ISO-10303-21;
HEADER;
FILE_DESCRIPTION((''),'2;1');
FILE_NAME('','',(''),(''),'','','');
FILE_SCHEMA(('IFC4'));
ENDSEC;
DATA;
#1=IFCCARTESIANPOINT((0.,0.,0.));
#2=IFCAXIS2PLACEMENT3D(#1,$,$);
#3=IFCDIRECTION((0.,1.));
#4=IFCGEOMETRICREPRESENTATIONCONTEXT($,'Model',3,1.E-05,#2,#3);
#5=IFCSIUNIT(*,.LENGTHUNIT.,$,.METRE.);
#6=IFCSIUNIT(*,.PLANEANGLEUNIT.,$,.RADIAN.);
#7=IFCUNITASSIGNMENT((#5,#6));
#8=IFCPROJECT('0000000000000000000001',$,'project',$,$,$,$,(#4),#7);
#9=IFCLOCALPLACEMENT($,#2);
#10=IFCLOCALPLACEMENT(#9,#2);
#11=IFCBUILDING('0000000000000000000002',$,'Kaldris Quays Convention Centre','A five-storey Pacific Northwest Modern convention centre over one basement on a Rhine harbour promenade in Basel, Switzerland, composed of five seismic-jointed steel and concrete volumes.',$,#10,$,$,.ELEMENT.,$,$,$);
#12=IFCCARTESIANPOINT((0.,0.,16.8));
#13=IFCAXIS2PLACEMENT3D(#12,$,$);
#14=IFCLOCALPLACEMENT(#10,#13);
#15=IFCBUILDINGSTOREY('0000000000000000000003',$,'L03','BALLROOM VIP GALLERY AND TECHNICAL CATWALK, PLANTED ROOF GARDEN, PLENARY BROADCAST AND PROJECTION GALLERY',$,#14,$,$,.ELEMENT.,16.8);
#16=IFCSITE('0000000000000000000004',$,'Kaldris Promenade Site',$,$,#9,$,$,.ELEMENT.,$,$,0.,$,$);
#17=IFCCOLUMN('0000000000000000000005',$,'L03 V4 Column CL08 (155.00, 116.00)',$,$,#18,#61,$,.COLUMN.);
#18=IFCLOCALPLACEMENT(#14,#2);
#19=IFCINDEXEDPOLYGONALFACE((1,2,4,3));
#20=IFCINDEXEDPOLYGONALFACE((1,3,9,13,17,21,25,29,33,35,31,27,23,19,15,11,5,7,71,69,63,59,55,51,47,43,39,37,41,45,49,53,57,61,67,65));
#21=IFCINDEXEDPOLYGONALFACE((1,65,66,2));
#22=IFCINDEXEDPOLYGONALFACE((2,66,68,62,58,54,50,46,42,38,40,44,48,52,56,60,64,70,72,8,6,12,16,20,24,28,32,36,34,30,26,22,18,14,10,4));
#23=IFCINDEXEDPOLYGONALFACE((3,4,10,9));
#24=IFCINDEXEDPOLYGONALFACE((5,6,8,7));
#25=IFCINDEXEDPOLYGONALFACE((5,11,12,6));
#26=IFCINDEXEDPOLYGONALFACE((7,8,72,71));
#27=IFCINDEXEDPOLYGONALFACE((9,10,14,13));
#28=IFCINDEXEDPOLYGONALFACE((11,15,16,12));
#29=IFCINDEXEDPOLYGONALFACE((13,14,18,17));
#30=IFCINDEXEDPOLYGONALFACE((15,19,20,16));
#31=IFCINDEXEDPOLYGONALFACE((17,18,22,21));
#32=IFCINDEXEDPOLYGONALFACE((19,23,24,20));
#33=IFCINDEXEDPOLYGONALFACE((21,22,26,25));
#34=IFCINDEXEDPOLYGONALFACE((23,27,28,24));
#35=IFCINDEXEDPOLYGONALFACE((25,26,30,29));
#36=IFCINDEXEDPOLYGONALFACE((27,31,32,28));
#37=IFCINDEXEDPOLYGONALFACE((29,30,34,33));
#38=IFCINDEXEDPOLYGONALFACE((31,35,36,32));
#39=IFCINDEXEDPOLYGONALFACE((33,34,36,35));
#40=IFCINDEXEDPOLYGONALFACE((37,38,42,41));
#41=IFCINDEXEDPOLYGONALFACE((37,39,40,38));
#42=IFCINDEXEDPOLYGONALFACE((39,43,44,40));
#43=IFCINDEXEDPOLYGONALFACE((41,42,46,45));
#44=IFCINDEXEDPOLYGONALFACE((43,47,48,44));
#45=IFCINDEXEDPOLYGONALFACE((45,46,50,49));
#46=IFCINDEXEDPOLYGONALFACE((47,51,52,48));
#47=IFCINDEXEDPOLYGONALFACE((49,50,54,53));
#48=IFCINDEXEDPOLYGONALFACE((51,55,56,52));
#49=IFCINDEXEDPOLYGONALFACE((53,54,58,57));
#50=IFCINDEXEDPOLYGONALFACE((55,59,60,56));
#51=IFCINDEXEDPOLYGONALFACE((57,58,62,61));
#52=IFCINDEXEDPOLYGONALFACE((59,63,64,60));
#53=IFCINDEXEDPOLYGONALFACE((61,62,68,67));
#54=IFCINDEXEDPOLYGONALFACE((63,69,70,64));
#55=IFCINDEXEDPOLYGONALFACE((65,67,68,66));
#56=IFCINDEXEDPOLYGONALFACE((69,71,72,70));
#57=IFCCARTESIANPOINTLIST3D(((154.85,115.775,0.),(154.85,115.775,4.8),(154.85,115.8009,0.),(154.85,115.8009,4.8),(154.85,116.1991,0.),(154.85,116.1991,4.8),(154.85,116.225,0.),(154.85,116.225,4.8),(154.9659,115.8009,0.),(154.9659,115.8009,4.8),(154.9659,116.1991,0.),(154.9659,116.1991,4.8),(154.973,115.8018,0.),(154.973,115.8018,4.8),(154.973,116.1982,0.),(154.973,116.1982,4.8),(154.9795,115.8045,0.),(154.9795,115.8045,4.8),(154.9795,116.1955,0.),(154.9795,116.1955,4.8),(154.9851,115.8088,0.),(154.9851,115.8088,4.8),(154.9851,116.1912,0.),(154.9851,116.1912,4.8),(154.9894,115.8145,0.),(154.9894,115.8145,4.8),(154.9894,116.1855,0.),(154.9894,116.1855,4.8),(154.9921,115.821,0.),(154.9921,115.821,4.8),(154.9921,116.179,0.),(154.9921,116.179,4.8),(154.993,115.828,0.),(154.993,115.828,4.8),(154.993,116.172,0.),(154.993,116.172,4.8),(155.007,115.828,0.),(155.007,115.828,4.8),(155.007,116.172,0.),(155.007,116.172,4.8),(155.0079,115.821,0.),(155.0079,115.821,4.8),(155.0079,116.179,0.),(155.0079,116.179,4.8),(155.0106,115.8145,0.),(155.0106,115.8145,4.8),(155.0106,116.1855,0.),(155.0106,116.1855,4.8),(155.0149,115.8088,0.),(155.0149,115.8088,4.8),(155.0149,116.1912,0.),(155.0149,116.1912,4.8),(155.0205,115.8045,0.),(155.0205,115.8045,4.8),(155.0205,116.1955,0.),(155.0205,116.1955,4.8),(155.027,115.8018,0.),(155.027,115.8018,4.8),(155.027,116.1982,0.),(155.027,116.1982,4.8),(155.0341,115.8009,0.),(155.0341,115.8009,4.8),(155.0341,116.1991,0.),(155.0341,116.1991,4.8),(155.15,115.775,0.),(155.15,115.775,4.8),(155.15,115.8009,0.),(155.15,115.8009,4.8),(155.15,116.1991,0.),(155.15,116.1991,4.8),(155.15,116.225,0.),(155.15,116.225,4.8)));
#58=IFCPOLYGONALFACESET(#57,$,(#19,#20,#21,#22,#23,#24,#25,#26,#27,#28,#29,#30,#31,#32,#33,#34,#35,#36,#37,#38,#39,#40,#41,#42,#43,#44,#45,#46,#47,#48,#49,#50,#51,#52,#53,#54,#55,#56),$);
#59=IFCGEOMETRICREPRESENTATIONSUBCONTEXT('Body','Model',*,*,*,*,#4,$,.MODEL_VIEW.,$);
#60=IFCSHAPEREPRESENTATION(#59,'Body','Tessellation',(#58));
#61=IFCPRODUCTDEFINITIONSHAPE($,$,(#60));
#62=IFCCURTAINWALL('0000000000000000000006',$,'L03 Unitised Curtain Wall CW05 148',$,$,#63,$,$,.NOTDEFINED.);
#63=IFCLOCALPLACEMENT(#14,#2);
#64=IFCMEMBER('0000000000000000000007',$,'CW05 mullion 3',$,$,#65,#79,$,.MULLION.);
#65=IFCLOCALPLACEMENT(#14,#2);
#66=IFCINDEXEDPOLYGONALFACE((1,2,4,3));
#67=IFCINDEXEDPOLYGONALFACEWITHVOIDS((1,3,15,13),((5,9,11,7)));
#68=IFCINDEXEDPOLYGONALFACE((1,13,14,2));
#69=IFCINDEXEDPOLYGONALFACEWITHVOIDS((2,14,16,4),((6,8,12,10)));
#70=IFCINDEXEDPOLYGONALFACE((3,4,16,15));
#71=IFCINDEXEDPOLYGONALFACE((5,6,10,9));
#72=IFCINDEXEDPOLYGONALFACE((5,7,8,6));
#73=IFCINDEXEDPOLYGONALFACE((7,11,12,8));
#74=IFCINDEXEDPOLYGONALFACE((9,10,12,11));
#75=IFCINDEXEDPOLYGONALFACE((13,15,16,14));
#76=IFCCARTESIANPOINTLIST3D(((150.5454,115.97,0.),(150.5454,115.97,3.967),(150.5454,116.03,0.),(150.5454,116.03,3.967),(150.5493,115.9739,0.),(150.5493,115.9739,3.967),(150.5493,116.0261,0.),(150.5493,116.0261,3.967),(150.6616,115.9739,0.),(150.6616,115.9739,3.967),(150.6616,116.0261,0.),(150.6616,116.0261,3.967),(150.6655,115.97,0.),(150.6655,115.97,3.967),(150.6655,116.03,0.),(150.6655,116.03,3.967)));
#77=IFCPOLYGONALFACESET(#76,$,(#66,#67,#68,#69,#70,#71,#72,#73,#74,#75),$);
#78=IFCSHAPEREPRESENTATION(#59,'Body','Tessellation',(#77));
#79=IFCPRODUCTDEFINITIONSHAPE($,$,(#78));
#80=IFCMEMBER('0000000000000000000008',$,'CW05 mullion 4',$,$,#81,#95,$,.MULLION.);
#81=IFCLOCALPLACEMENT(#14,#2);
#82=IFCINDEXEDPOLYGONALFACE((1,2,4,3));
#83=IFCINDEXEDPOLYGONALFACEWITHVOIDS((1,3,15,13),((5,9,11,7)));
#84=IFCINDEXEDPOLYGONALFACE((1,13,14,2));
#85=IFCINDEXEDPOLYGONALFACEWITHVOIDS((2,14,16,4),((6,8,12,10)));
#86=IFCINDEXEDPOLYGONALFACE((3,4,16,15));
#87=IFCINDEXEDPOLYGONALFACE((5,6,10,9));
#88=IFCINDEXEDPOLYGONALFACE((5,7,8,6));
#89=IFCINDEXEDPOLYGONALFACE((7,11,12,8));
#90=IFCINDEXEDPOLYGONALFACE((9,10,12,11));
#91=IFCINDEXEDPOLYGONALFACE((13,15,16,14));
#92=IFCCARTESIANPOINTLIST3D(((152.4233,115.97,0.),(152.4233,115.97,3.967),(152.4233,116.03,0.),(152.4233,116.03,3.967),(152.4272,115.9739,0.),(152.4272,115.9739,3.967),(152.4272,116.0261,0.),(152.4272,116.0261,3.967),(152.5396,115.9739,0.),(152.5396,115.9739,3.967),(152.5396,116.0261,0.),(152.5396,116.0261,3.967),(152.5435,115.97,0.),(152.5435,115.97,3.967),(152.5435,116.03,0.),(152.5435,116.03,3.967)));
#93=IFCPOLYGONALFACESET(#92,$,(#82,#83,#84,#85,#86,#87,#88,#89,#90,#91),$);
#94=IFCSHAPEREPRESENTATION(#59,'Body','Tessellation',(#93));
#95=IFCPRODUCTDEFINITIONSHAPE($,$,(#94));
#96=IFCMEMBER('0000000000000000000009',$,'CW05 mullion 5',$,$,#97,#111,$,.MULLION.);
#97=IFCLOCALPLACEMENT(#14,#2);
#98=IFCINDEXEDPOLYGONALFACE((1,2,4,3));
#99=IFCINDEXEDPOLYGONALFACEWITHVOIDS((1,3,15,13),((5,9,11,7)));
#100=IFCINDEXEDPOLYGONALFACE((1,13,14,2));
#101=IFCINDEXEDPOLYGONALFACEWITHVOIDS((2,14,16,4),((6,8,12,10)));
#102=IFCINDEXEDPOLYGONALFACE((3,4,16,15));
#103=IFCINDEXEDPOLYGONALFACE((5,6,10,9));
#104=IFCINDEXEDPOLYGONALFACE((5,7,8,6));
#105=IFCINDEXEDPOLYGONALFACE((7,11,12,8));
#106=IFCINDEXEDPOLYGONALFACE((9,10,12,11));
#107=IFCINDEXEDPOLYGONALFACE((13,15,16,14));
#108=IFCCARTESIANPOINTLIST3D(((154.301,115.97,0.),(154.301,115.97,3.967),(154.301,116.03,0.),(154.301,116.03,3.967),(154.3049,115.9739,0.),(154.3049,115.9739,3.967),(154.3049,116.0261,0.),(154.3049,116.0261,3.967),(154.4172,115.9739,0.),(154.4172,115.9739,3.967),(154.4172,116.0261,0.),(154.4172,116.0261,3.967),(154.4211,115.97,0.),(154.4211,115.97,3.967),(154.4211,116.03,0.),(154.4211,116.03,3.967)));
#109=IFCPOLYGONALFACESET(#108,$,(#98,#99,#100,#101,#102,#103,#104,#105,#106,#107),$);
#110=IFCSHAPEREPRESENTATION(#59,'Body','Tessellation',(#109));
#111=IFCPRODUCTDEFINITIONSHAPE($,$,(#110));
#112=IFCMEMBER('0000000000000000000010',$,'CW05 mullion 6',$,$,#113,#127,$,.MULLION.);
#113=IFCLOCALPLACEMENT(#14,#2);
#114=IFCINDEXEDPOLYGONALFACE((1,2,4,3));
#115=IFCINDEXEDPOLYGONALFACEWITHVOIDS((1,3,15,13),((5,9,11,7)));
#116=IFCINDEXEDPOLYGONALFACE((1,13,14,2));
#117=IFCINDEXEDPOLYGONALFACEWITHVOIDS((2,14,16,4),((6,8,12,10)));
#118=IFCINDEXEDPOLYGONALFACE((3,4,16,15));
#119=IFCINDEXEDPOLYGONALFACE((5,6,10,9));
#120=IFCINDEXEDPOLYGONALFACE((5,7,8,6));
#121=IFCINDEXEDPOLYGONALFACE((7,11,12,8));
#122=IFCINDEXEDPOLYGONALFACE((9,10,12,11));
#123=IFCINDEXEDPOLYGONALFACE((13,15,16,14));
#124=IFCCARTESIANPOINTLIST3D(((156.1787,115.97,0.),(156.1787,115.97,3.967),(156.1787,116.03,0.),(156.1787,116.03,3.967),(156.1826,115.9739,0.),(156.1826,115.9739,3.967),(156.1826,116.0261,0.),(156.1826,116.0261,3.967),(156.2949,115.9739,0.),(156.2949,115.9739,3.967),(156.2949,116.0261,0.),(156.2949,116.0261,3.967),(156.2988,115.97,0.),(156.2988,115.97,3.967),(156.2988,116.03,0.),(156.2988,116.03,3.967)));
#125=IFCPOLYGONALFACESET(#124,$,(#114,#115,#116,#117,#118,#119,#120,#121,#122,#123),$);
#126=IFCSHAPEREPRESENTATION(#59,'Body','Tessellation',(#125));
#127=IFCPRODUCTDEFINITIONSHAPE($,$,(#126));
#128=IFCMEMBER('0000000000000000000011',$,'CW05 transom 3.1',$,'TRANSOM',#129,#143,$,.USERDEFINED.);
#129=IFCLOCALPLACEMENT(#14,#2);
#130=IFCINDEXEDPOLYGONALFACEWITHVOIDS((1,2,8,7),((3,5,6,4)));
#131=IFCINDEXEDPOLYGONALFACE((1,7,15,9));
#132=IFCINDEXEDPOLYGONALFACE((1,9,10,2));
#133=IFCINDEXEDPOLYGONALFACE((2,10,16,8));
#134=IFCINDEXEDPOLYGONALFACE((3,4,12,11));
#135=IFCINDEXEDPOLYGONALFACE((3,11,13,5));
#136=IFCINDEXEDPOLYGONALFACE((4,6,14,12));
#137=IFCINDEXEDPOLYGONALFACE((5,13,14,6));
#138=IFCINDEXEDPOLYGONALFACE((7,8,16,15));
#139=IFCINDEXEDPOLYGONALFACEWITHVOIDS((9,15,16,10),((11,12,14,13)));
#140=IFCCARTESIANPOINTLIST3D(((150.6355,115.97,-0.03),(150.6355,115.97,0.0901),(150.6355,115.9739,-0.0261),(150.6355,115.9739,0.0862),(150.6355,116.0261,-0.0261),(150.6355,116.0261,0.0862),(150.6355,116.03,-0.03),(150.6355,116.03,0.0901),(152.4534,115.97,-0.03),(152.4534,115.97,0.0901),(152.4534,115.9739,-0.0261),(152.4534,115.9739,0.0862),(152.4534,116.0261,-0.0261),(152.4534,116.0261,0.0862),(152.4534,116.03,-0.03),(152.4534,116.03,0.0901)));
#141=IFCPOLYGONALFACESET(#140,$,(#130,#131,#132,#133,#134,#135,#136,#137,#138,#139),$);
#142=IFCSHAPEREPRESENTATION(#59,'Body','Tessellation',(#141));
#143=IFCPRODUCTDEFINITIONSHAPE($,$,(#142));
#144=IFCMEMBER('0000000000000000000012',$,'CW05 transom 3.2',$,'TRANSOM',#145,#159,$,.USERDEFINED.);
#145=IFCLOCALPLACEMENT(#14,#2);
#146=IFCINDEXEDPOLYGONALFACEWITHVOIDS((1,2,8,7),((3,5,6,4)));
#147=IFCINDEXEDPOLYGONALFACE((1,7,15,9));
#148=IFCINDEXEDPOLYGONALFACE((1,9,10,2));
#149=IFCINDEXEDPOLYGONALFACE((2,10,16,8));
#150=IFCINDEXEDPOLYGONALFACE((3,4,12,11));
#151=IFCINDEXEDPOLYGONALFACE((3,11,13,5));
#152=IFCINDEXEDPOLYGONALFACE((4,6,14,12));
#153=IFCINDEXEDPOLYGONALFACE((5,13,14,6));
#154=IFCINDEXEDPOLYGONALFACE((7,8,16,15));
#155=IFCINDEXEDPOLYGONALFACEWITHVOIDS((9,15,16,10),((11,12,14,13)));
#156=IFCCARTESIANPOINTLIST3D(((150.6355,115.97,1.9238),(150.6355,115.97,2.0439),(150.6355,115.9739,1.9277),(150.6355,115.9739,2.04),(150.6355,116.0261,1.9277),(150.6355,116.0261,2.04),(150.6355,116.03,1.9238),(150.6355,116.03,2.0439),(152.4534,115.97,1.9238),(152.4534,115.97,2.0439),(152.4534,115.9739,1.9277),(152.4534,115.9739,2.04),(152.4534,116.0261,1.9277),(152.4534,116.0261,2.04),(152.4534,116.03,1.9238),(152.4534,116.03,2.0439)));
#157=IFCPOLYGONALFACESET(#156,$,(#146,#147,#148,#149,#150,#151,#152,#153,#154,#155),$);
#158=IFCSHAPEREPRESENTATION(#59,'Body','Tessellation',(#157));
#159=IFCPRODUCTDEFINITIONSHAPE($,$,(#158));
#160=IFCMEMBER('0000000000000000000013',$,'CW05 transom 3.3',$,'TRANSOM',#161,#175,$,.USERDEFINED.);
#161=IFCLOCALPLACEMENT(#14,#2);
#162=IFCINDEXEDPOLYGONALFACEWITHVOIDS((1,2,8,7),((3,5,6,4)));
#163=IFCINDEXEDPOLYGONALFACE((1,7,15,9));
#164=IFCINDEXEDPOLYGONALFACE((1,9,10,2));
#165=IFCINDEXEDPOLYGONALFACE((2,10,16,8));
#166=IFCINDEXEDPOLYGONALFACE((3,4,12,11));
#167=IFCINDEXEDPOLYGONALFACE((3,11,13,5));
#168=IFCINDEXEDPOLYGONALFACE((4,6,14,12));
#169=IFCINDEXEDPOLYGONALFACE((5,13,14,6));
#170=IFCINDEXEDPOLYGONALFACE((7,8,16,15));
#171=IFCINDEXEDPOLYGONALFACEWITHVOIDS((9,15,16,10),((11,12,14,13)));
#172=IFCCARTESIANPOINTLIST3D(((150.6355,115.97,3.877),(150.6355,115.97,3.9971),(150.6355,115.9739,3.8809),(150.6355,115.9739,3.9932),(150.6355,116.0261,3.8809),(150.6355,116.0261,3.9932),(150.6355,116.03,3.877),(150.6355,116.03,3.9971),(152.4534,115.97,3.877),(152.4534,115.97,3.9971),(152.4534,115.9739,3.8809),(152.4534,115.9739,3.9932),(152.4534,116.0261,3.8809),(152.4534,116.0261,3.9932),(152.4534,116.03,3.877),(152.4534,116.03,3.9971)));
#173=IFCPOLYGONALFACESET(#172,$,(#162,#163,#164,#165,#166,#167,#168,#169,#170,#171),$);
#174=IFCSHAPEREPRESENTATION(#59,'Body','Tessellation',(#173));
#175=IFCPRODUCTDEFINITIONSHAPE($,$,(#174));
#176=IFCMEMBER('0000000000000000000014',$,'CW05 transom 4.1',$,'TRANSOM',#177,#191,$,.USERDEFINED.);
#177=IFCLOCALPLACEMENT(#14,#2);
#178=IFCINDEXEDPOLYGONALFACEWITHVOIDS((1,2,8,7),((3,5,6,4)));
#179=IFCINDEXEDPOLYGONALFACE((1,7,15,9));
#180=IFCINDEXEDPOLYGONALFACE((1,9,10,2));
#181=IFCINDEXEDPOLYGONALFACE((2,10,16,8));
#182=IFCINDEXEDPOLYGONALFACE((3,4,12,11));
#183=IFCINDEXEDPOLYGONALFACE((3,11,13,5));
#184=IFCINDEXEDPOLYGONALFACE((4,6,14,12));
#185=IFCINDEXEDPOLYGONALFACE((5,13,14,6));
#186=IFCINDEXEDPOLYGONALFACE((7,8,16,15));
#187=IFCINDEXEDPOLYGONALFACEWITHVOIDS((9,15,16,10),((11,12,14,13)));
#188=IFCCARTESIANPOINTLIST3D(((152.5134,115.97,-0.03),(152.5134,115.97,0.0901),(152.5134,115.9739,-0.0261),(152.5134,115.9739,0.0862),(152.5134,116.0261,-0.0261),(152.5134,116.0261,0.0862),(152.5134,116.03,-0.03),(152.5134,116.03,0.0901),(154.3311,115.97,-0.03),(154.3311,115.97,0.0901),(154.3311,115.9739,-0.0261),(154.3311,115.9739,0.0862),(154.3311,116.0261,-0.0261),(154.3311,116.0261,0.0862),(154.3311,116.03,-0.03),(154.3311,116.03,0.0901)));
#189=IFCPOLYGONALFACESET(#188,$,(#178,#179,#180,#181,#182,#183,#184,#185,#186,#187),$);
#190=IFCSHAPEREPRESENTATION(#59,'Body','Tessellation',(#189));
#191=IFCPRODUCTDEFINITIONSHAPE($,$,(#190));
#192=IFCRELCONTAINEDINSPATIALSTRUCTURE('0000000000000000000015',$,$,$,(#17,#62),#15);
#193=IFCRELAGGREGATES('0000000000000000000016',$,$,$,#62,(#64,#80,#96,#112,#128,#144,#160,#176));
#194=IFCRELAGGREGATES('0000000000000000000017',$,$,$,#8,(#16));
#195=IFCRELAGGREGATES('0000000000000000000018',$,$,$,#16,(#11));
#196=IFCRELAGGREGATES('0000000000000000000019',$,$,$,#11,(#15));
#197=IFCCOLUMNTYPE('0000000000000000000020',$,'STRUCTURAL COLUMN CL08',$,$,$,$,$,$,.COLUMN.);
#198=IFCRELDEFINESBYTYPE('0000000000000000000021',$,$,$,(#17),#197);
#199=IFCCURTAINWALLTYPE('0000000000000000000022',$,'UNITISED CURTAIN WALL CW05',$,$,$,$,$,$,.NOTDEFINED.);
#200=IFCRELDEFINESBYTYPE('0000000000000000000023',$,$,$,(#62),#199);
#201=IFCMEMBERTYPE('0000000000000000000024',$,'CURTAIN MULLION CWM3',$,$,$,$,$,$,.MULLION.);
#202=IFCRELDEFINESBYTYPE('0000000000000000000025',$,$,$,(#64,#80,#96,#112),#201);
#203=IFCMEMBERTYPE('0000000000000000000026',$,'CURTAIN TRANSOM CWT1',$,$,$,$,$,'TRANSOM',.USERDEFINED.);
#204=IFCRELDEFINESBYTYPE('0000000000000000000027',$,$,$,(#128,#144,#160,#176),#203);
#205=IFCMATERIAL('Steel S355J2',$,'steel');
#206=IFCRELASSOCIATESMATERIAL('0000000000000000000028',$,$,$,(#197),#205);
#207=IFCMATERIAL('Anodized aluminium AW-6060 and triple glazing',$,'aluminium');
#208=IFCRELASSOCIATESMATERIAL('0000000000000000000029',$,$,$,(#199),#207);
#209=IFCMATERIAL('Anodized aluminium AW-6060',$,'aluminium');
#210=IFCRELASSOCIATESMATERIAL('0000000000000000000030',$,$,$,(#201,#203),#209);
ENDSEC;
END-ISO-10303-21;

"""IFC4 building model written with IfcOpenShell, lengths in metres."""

from ifc_helpers import new_model, si_unit, direction, frame, origin, origin_2d, place, context, subcontext, project, spatial, hollow_rectangle, i_section, extrude, material, material_profile, profile_set, type_object, element, aggregate, save


model = new_model("IFC4")

# Units and contexts
model_context = context("Model", 3, precision=1e-05, world=origin(), true_north=direction((0.0, 1.0)))
body_context = subcontext(model_context, "Body", "Model", "MODEL_VIEW")
ifc_project = project(units=[si_unit("LENGTHUNIT", "METRE"), si_unit("PLANEANGLEUNIT", "RADIAN")], contexts=[model_context])

# Site, building, storey
site_placement = place(None, origin())
site = spatial("IfcSite", under=ifc_project, at=site_placement, Name="Kaldris Promenade Site", CompositionType="ELEMENT", RefElevation=0.0)
building_placement = place(site_placement, origin())
building = spatial("IfcBuilding", under=site, at=building_placement, Name="Kaldris Quays Convention Centre", Description="A five-storey Pacific Northwest Modern convention centre over one basement on a Rhine harbour promenade in Basel, Switzerland, composed of five seismic-jointed steel and concrete volumes.", CompositionType="ELEMENT")
storey_placement = place(building_placement, frame((0.0, 0.0, 16.8)))
storey = spatial("IfcBuildingStorey", under=building, at=storey_placement, Name="L03", Description="BALLROOM VIP GALLERY AND TECHNICAL CATWALK, PLANTED ROOF GARDEN, PLENARY BROADCAST AND PROJECTION GALLERY", CompositionType="ELEMENT", Elevation=16.8)

# Column
ifc_material_1 = material(Name="Steel S355J2", Category="steel")
ifc_material_profile_1 = material_profile(ifc_material_1, i_section(OverallWidth=0.3, OverallDepth=0.45, WebThickness=0.0139, FlangeThickness=0.0259, FilletRadius=0.0271, at=origin_2d()), Name="HEB 450")
ifc_profile_set_1 = profile_set([ifc_material_profile_1], Name="Steel S355J2")
column_type = type_object("IfcColumnType", Name="STRUCTURAL COLUMN CL08", PredefinedType="COLUMN", material=ifc_profile_set_1)
column_placement = place(storey_placement, frame((155.0, 116.0, 0.0), z_axis=(0.0, 0.0, 1.0), x_axis=(1.0, 0.0, 0.0)))
element("IfcColumn", 1, at=column_placement, inside=storey, type_object=column_type, Name="L03 V4 Column CL08 (155.00, 116.00)", PredefinedType="COLUMN", context=body_context, shape_type="SweptSolid", body=[
    extrude(i_section(OverallWidth=0.3, OverallDepth=0.45, WebThickness=0.0139, FlangeThickness=0.0259, FilletRadius=0.0271, at=origin_2d()), origin(), (0.0, 0.0, 1.0), 4.8),
])

# Curtain wall, members
ifc_material_2 = material(Name="Anodized aluminium AW-6060 and triple glazing", Category="aluminium")
curtain_wall_type = type_object("IfcCurtainWallType", Name="UNITISED CURTAIN WALL CW05", PredefinedType="NOTDEFINED", material=ifc_material_2)
curtain_wall_placement = place(storey_placement, origin())
curtain_wall = element("IfcCurtainWall", 2, at=curtain_wall_placement, inside=storey, type_object=curtain_wall_type, Name="L03 Unitised Curtain Wall CW05 148", PredefinedType="NOTDEFINED")
ifc_material_3 = material(Name="Anodized aluminium AW-6060", Category="aluminium")
ifc_material_profile_2 = material_profile(ifc_material_3, hollow_rectangle(XDim=0.0601, YDim=0.1201, WallThickness=0.0039, at=origin_2d()), Name="RHS 120x60x4")
ifc_profile_set_2 = profile_set([ifc_material_profile_2], Name="Anodized aluminium AW-6060")
member_type_1 = type_object("IfcMemberType", Name="CURTAIN MULLION CWM3", PredefinedType="MULLION", material=ifc_profile_set_2)
member_1_placement = place(storey_placement, frame((150.6055, 116.0, 0.0), z_axis=(0.0, 0.0, 1.0), x_axis=(0.0, 1.0, 0.0)))
member_1 = element("IfcMember", 3, at=member_1_placement, type_object=member_type_1, Name="CW05 mullion 3", PredefinedType="MULLION", context=body_context, shape_type="SweptSolid", body=[
    extrude(hollow_rectangle(XDim=0.0601, YDim=0.1201, WallThickness=0.0039, at=origin_2d()), origin(), (0.0, 0.0, 1.0), 3.967),
])
member_2_placement = place(storey_placement, frame((152.4834, 116.0, 0.0), z_axis=(0.0, 0.0, 1.0), x_axis=(0.0, 1.0, 0.0)))
member_2 = element("IfcMember", 4, at=member_2_placement, type_object=member_type_1, Name="CW05 mullion 4", PredefinedType="MULLION", context=body_context, shape_type="SweptSolid", body=[
    extrude(hollow_rectangle(XDim=0.0601, YDim=0.1201, WallThickness=0.0039, at=origin_2d()), origin(), (0.0, 0.0, 1.0), 3.967),
])
member_3_placement = place(storey_placement, frame((154.3611, 116.0, 0.0), z_axis=(0.0, 0.0, 1.0), x_axis=(0.0, 1.0, 0.0)))
member_3 = element("IfcMember", 5, at=member_3_placement, type_object=member_type_1, Name="CW05 mullion 5", PredefinedType="MULLION", context=body_context, shape_type="SweptSolid", body=[
    extrude(hollow_rectangle(XDim=0.0601, YDim=0.1201, WallThickness=0.0039, at=origin_2d()), origin(), (0.0, 0.0, 1.0), 3.967),
])
member_4_placement = place(storey_placement, frame((156.2388, 116.0, 0.0), z_axis=(0.0, 0.0, 1.0), x_axis=(0.0, 1.0, 0.0)))
member_4 = element("IfcMember", 6, at=member_4_placement, type_object=member_type_1, Name="CW05 mullion 6", PredefinedType="MULLION", context=body_context, shape_type="SweptSolid", body=[
    extrude(hollow_rectangle(XDim=0.0601, YDim=0.1201, WallThickness=0.0039, at=origin_2d()), origin(), (0.0, 0.0, 1.0), 3.967),
])
ifc_material_profile_3 = material_profile(ifc_material_3, hollow_rectangle(XDim=0.0601, YDim=0.1201, WallThickness=0.0039, at=origin_2d()), Name="RHS 120x60x4")
ifc_profile_set_3 = profile_set([ifc_material_profile_3], Name="Anodized aluminium AW-6060")
member_type_2 = type_object("IfcMemberType", Name="CURTAIN TRANSOM CWT1", ElementType="TRANSOM", PredefinedType="USERDEFINED", material=ifc_profile_set_3)
member_5_placement = place(storey_placement, frame((150.6355, 116.0, 0.03), z_axis=(1.0, 0.0, 0.0), x_axis=(0.0, 1.0, 0.0)))
member_5 = element("IfcMember", 7, at=member_5_placement, type_object=member_type_2, Name="CW05 transom 3.1", ObjectType="TRANSOM", PredefinedType="USERDEFINED", context=body_context, shape_type="SweptSolid", body=[
    extrude(hollow_rectangle(XDim=0.0601, YDim=0.1201, WallThickness=0.0039, at=origin_2d()), origin(), (0.0, 0.0, 1.0), 1.8179),
])
member_6_placement = place(storey_placement, frame((150.6355, 116.0, 1.9839), z_axis=(1.0, 0.0, 0.0), x_axis=(0.0, 1.0, 0.0)))
member_6 = element("IfcMember", 8, at=member_6_placement, type_object=member_type_2, Name="CW05 transom 3.2", ObjectType="TRANSOM", PredefinedType="USERDEFINED", context=body_context, shape_type="SweptSolid", body=[
    extrude(hollow_rectangle(XDim=0.0601, YDim=0.1201, WallThickness=0.0039, at=origin_2d()), origin(), (0.0, 0.0, 1.0), 1.8179),
])
member_7_placement = place(storey_placement, frame((150.6355, 116.0, 3.937), z_axis=(1.0, 0.0, 0.0), x_axis=(0.0, 1.0, 0.0)))
member_7 = element("IfcMember", 9, at=member_7_placement, type_object=member_type_2, Name="CW05 transom 3.3", ObjectType="TRANSOM", PredefinedType="USERDEFINED", context=body_context, shape_type="SweptSolid", body=[
    extrude(hollow_rectangle(XDim=0.0601, YDim=0.1201, WallThickness=0.0039, at=origin_2d()), origin(), (0.0, 0.0, 1.0), 1.8179),
])
member_8_placement = place(storey_placement, frame((152.5134, 116.0, 0.03), z_axis=(1.0, 0.0, 0.0), x_axis=(0.0, 1.0, 0.0)))
member_8 = element("IfcMember", 10, at=member_8_placement, type_object=member_type_2, Name="CW05 transom 4.1", ObjectType="TRANSOM", PredefinedType="USERDEFINED", context=body_context, shape_type="SweptSolid", body=[
    extrude(hollow_rectangle(XDim=0.0601, YDim=0.1201, WallThickness=0.0039, at=origin_2d()), origin(), (0.0, 0.0, 1.0), 1.8176),
])

aggregate(curtain_wall, [member_1, member_2, member_3, member_4, member_5, member_6, member_7, member_8])

save(model, "model.ifc")
